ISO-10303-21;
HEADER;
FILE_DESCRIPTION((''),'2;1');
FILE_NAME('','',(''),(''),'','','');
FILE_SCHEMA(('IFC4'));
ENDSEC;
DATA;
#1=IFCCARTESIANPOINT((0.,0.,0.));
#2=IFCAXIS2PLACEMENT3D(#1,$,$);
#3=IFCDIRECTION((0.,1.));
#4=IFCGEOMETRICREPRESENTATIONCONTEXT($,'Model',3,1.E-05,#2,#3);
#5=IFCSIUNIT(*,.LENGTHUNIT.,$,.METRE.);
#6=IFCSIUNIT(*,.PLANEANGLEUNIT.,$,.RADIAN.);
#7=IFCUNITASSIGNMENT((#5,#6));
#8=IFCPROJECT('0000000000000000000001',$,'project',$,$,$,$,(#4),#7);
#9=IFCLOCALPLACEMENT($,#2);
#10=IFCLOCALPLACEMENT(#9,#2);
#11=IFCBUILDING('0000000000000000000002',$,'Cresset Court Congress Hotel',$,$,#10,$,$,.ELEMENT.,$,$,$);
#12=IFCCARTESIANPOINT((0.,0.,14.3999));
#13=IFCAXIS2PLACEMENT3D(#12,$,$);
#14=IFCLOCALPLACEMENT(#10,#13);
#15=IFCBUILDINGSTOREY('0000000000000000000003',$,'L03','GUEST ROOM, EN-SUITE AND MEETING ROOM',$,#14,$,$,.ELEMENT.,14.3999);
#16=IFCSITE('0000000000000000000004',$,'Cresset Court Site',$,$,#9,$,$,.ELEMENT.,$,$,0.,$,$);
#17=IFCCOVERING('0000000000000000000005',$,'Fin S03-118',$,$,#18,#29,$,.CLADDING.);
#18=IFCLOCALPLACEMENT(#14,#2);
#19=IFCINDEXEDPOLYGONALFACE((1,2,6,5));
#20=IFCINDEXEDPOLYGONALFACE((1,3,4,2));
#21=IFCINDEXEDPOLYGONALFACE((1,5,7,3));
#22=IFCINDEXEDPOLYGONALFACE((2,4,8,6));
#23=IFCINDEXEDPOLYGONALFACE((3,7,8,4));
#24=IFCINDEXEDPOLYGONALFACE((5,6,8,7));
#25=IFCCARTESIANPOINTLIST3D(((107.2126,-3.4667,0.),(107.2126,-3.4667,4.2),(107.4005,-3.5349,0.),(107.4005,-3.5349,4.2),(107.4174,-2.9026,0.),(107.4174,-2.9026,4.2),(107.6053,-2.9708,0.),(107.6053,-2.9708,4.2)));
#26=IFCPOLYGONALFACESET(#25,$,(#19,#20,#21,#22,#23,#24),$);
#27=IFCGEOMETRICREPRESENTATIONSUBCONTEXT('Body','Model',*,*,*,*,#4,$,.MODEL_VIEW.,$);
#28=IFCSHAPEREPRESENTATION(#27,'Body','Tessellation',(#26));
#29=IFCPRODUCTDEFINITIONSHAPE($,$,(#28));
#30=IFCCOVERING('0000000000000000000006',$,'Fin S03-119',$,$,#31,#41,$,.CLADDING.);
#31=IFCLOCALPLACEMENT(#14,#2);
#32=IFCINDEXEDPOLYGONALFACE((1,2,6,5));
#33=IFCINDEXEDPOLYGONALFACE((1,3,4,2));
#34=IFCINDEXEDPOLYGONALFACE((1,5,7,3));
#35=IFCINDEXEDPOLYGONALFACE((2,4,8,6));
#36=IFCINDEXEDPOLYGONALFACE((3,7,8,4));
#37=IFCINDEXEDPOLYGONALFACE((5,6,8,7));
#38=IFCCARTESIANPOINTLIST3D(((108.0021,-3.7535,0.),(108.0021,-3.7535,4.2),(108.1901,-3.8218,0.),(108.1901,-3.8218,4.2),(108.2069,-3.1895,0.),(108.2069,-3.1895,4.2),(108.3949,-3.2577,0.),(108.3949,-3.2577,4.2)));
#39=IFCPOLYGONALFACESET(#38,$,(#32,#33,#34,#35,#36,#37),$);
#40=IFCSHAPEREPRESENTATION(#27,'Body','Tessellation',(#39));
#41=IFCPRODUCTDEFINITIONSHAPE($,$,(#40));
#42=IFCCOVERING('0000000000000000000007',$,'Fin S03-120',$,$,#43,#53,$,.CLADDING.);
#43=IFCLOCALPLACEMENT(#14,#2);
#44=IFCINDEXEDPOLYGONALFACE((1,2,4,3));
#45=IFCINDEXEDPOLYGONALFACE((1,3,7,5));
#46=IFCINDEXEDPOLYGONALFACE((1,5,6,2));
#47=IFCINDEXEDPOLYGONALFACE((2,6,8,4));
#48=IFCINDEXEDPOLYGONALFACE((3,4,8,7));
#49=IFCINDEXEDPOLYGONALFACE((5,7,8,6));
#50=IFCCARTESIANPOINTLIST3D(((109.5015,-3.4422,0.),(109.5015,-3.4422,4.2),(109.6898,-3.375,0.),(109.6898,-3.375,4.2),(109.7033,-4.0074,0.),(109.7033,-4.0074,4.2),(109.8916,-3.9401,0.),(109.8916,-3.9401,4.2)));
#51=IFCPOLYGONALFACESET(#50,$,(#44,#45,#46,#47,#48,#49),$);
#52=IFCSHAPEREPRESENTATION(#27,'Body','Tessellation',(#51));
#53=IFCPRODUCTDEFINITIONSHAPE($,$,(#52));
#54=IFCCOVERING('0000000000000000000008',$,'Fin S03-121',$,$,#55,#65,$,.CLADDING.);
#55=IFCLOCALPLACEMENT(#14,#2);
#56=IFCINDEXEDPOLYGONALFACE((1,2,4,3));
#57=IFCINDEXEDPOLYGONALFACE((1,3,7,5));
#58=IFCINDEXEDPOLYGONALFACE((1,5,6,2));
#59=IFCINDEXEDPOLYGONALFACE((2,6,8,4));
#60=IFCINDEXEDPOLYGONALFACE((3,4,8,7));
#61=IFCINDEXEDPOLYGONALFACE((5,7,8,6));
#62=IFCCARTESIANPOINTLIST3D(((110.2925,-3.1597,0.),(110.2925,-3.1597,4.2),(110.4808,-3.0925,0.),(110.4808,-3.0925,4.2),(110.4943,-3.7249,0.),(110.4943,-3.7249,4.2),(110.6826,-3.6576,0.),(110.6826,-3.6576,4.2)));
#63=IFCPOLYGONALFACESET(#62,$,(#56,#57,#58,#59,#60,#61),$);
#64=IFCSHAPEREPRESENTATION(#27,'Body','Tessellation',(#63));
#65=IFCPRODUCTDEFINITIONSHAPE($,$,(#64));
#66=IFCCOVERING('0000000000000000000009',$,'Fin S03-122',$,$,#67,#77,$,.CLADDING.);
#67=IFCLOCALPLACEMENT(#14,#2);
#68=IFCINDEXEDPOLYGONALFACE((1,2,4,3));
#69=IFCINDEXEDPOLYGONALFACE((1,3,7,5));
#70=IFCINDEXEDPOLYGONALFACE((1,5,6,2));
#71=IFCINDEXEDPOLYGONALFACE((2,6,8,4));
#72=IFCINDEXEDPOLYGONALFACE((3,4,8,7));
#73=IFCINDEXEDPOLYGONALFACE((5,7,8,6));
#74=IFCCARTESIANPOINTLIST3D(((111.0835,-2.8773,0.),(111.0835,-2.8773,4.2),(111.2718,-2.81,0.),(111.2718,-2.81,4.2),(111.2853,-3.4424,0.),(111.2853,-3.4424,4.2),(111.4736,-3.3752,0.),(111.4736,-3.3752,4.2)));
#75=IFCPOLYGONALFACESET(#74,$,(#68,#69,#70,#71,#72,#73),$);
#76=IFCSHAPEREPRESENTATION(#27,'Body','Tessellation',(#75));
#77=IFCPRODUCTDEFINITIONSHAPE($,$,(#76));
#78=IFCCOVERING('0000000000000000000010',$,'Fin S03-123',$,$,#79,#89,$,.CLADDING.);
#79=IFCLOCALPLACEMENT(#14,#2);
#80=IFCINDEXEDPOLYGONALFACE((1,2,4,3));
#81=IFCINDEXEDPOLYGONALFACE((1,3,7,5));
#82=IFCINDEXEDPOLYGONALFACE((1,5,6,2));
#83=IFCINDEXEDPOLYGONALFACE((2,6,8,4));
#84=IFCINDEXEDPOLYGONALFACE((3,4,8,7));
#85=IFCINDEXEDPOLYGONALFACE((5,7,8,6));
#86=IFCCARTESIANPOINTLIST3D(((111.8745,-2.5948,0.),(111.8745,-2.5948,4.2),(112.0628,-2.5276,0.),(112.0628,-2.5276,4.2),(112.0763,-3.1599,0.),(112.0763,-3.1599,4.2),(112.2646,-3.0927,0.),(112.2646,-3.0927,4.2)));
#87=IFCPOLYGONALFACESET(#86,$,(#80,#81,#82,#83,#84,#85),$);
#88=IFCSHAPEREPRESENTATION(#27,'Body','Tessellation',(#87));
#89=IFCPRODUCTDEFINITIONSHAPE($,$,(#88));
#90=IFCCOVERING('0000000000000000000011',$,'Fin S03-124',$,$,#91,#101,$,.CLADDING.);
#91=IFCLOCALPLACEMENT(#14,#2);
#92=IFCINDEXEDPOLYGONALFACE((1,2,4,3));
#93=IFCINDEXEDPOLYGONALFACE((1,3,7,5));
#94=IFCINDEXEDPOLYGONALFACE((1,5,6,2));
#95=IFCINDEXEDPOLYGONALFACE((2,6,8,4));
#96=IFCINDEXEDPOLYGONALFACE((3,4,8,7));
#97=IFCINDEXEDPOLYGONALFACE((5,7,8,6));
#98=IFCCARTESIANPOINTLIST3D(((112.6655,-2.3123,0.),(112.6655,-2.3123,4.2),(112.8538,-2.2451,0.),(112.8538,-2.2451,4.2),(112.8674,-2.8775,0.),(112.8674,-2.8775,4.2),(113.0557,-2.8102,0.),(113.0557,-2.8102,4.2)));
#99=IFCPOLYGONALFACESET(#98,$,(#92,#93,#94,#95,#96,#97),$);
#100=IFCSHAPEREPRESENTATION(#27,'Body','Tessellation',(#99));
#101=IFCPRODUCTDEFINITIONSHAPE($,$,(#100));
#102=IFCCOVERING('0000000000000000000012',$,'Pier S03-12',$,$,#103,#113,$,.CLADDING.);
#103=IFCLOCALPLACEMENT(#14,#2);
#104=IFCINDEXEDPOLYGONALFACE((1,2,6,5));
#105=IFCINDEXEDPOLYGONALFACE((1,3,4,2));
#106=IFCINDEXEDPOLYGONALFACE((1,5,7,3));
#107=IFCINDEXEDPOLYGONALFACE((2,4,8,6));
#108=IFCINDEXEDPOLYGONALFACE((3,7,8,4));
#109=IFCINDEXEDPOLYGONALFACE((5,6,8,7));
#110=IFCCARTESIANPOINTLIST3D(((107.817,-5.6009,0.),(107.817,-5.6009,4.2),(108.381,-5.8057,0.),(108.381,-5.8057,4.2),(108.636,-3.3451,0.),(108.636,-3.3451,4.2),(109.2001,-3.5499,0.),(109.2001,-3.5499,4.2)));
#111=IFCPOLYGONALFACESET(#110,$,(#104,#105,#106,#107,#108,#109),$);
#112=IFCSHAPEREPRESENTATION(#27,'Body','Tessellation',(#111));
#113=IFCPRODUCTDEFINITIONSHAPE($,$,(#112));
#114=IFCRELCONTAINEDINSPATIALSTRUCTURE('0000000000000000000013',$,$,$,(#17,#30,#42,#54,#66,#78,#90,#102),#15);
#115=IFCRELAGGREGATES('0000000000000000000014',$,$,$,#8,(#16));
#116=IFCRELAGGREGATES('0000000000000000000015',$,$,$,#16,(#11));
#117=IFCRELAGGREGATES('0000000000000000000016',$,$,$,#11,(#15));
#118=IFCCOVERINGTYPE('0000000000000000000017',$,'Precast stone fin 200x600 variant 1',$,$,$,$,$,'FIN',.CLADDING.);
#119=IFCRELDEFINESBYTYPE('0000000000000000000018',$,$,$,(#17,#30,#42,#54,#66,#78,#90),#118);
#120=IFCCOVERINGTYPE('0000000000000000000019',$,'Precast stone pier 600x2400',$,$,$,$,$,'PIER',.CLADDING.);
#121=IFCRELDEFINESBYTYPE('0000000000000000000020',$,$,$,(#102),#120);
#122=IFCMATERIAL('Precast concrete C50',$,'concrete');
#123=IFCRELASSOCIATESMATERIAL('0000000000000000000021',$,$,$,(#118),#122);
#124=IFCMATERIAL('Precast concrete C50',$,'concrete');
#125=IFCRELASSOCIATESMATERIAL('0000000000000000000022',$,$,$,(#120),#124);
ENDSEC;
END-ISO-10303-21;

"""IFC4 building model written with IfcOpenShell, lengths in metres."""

from ifc_helpers import new_model, si_unit, direction, frame, origin, origin_2d, place, context, subcontext, project, spatial, rectangle, extrude, material, type_object, element, save


model = new_model("IFC4")

# Units and contexts
model_context = context("Model", 3, precision=1e-05, world=origin(), true_north=direction((0.0, 1.0)))
body_context = subcontext(model_context, "Body", "Model", "MODEL_VIEW")
ifc_project = project(units=[si_unit("LENGTHUNIT", "METRE"), si_unit("PLANEANGLEUNIT", "RADIAN")], contexts=[model_context])

# Site, building, storey
site_placement = place(None, origin())
site = spatial("IfcSite", under=ifc_project, at=site_placement, Name="Cresset Court Site", CompositionType="ELEMENT", RefElevation=0.0)
building_placement = place(site_placement, origin())
building = spatial("IfcBuilding", under=site, at=building_placement, Name="Cresset Court Congress Hotel", CompositionType="ELEMENT")
storey_placement = place(building_placement, frame((0.0, 0.0, 14.3999)))
storey = spatial("IfcBuildingStorey", under=building, at=storey_placement, Name="L03", Description="GUEST ROOM, EN-SUITE AND MEETING ROOM", CompositionType="ELEMENT", Elevation=14.3999)

# Coverings
ifc_material_1 = material(Name="Precast concrete C50", Category="concrete")
covering_type_1 = type_object("IfcCoveringType", Name="Precast stone fin 200x600 variant 1", ElementType="FIN", PredefinedType="CLADDING", material=ifc_material_1)
for number, where, z_axis, x_axis, name in (
    (1, (107.4089, -3.2188, 0.0), (0.0, 0.0, 1.0), (0.939957, -0.341293, 0.0), "Fin S03-118"),
    (2, (108.1985, -3.5056, 0.0), (0.0, 0.0, 1.0), (0.939957, -0.341293, 0.0), "Fin S03-119"),
    (3, (109.6965, -3.6912, 0.0), (0.0, 0.0, 1.0), (0.941742, 0.336336, 0.0), "Fin S03-120"),
    (4, (110.4875, -3.4087, 0.0), (0.0, 0.0, 1.0), (0.941742, 0.336336, 0.0), "Fin S03-121"),
    (5, (111.2786, -3.1262, 0.0), (0.0, 0.0, 1.0), (0.941742, 0.336336, 0.0), "Fin S03-122"),
    (6, (112.0696, -2.8438, 0.0), (0.0, 0.0, 1.0), (0.941742, 0.336336, 0.0), "Fin S03-123"),
    (7, (112.8606, -2.5613, 0.0), (0.0, 0.0, 1.0), (0.941742, 0.336336, 0.0), "Fin S03-124"),
):
    element("IfcCovering", number, at=place(storey_placement, frame(where, z_axis=z_axis, x_axis=x_axis)), inside=storey, type_object=covering_type_1, Name=name, PredefinedType="CLADDING", context=body_context, shape_type="SweptSolid", body=[
        extrude(rectangle(XDim=0.2, YDim=0.6001, at=origin_2d()), origin(), (0.0, 0.0, 1.0), 4.2),
    ])
ifc_material_2 = material(Name="Precast concrete C50", Category="concrete")
covering_type_2 = type_object("IfcCoveringType", Name="Precast stone pier 600x2400", ElementType="PIER", PredefinedType="CLADDING", material=ifc_material_2)
covering_placement = place(storey_placement, frame((108.5085, -4.5754, 0.0), z_axis=(0.0, 0.0, 1.0), x_axis=(0.939957, -0.341293, 0.0)))
element("IfcCovering", 8, at=covering_placement, inside=storey, type_object=covering_type_2, Name="Pier S03-12", PredefinedType="CLADDING", context=body_context, shape_type="SweptSolid", body=[
    extrude(rectangle(XDim=0.6001, YDim=2.3999, at=origin_2d()), origin(), (0.0, 0.0, 1.0), 4.2),
])

save(model, "model.ifc")
